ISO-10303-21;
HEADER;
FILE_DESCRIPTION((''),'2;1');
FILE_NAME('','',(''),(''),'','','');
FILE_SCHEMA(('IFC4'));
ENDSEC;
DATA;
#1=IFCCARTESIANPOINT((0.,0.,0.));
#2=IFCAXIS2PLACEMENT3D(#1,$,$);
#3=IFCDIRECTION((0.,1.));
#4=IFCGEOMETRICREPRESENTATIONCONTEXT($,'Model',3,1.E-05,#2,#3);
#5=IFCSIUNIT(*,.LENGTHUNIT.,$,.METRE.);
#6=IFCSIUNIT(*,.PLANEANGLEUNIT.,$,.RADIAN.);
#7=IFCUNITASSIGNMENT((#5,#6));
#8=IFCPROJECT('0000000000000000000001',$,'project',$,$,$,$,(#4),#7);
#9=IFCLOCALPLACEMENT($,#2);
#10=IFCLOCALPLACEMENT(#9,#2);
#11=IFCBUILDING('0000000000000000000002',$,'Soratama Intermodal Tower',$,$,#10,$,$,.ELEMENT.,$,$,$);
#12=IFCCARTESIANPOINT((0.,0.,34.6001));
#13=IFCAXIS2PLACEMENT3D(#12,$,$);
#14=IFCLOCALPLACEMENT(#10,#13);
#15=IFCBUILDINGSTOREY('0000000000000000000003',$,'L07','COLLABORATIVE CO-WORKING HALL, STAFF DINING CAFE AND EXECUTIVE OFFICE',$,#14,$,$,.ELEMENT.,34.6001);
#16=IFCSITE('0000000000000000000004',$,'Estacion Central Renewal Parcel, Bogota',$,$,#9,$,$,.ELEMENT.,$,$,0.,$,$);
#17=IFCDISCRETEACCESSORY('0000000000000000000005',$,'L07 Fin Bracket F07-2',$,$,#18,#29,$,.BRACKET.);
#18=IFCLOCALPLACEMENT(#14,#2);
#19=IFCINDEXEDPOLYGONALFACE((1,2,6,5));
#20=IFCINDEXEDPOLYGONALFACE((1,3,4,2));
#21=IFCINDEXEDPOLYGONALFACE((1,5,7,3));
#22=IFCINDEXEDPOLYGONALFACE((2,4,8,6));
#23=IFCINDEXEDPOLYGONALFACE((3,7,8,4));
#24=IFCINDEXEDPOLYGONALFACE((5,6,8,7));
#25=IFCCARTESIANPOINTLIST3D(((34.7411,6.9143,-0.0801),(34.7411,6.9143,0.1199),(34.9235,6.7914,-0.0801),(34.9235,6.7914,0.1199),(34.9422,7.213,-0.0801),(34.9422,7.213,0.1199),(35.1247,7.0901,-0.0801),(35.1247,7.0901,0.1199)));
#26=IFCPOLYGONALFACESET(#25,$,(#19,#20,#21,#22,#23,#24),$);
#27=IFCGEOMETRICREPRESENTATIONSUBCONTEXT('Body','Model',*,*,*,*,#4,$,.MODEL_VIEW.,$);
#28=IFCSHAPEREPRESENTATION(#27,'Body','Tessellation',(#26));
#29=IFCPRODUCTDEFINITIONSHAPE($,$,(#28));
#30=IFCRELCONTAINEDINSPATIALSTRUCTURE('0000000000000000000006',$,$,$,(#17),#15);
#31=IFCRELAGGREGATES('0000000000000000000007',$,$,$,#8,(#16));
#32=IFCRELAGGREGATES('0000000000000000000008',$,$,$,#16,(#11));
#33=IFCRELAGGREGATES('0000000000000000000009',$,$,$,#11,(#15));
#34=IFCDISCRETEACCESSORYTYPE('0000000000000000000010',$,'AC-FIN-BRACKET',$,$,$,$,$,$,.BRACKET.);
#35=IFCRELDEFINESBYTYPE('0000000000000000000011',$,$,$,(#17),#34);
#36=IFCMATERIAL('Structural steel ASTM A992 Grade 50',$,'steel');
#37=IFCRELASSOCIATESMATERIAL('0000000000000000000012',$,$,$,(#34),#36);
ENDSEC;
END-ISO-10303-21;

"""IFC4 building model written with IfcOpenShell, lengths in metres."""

from ifc_helpers import new_model, si_unit, direction, frame, origin, origin_2d, place, context, subcontext, project, spatial, rectangle, extrude, material, type_object, element, save


model = new_model("IFC4")

# Units and contexts
model_context = context("Model", 3, precision=1e-05, world=origin(), true_north=direction((0.0, 1.0)))
body_context = subcontext(model_context, "Body", "Model", "MODEL_VIEW")
ifc_project = project(units=[si_unit("LENGTHUNIT", "METRE"), si_unit("PLANEANGLEUNIT", "RADIAN")], contexts=[model_context])

# Site, building, storey
site_placement = place(None, origin())
site = spatial("IfcSite", under=ifc_project, at=site_placement, Name="Estacion Central Renewal Parcel, Bogota", CompositionType="ELEMENT", RefElevation=0.0)
building_placement = place(site_placement, origin())
building = spatial("IfcBuilding", under=site, at=building_placement, Name="Soratama Intermodal Tower", CompositionType="ELEMENT")
storey_placement = place(building_placement, frame((0.0, 0.0, 34.6001)))
storey = spatial("IfcBuildingStorey", under=building, at=storey_placement, Name="L07", Description="COLLABORATIVE CO-WORKING HALL, STAFF DINING CAFE AND EXECUTIVE OFFICE", CompositionType="ELEMENT", Elevation=34.6001)

# Discrete accessory
ifc_material_1 = material(Name="Structural steel ASTM A992 Grade 50", Category="steel")
discrete_accessory_type = type_object("IfcDiscreteAccessoryType", Name="AC-FIN-BRACKET", PredefinedType="BRACKET", material=ifc_material_1)
discrete_accessory_placement = place(storey_placement, frame((34.9329, 7.0022, -0.0801), z_axis=(0.0, 0.0, 1.0), x_axis=(-0.558614, -0.829428, 0.0)))
element("IfcDiscreteAccessory", 1, at=discrete_accessory_placement, inside=storey, type_object=discrete_accessory_type, Name="L07 Fin Bracket F07-2", PredefinedType="BRACKET", context=body_context, shape_type="SweptSolid", body=[
    extrude(rectangle(XDim=0.3601, YDim=0.22, at=origin_2d()), origin(), (0.0, 0.0, 1.0), 0.2),
])

save(model, "model.ifc")
